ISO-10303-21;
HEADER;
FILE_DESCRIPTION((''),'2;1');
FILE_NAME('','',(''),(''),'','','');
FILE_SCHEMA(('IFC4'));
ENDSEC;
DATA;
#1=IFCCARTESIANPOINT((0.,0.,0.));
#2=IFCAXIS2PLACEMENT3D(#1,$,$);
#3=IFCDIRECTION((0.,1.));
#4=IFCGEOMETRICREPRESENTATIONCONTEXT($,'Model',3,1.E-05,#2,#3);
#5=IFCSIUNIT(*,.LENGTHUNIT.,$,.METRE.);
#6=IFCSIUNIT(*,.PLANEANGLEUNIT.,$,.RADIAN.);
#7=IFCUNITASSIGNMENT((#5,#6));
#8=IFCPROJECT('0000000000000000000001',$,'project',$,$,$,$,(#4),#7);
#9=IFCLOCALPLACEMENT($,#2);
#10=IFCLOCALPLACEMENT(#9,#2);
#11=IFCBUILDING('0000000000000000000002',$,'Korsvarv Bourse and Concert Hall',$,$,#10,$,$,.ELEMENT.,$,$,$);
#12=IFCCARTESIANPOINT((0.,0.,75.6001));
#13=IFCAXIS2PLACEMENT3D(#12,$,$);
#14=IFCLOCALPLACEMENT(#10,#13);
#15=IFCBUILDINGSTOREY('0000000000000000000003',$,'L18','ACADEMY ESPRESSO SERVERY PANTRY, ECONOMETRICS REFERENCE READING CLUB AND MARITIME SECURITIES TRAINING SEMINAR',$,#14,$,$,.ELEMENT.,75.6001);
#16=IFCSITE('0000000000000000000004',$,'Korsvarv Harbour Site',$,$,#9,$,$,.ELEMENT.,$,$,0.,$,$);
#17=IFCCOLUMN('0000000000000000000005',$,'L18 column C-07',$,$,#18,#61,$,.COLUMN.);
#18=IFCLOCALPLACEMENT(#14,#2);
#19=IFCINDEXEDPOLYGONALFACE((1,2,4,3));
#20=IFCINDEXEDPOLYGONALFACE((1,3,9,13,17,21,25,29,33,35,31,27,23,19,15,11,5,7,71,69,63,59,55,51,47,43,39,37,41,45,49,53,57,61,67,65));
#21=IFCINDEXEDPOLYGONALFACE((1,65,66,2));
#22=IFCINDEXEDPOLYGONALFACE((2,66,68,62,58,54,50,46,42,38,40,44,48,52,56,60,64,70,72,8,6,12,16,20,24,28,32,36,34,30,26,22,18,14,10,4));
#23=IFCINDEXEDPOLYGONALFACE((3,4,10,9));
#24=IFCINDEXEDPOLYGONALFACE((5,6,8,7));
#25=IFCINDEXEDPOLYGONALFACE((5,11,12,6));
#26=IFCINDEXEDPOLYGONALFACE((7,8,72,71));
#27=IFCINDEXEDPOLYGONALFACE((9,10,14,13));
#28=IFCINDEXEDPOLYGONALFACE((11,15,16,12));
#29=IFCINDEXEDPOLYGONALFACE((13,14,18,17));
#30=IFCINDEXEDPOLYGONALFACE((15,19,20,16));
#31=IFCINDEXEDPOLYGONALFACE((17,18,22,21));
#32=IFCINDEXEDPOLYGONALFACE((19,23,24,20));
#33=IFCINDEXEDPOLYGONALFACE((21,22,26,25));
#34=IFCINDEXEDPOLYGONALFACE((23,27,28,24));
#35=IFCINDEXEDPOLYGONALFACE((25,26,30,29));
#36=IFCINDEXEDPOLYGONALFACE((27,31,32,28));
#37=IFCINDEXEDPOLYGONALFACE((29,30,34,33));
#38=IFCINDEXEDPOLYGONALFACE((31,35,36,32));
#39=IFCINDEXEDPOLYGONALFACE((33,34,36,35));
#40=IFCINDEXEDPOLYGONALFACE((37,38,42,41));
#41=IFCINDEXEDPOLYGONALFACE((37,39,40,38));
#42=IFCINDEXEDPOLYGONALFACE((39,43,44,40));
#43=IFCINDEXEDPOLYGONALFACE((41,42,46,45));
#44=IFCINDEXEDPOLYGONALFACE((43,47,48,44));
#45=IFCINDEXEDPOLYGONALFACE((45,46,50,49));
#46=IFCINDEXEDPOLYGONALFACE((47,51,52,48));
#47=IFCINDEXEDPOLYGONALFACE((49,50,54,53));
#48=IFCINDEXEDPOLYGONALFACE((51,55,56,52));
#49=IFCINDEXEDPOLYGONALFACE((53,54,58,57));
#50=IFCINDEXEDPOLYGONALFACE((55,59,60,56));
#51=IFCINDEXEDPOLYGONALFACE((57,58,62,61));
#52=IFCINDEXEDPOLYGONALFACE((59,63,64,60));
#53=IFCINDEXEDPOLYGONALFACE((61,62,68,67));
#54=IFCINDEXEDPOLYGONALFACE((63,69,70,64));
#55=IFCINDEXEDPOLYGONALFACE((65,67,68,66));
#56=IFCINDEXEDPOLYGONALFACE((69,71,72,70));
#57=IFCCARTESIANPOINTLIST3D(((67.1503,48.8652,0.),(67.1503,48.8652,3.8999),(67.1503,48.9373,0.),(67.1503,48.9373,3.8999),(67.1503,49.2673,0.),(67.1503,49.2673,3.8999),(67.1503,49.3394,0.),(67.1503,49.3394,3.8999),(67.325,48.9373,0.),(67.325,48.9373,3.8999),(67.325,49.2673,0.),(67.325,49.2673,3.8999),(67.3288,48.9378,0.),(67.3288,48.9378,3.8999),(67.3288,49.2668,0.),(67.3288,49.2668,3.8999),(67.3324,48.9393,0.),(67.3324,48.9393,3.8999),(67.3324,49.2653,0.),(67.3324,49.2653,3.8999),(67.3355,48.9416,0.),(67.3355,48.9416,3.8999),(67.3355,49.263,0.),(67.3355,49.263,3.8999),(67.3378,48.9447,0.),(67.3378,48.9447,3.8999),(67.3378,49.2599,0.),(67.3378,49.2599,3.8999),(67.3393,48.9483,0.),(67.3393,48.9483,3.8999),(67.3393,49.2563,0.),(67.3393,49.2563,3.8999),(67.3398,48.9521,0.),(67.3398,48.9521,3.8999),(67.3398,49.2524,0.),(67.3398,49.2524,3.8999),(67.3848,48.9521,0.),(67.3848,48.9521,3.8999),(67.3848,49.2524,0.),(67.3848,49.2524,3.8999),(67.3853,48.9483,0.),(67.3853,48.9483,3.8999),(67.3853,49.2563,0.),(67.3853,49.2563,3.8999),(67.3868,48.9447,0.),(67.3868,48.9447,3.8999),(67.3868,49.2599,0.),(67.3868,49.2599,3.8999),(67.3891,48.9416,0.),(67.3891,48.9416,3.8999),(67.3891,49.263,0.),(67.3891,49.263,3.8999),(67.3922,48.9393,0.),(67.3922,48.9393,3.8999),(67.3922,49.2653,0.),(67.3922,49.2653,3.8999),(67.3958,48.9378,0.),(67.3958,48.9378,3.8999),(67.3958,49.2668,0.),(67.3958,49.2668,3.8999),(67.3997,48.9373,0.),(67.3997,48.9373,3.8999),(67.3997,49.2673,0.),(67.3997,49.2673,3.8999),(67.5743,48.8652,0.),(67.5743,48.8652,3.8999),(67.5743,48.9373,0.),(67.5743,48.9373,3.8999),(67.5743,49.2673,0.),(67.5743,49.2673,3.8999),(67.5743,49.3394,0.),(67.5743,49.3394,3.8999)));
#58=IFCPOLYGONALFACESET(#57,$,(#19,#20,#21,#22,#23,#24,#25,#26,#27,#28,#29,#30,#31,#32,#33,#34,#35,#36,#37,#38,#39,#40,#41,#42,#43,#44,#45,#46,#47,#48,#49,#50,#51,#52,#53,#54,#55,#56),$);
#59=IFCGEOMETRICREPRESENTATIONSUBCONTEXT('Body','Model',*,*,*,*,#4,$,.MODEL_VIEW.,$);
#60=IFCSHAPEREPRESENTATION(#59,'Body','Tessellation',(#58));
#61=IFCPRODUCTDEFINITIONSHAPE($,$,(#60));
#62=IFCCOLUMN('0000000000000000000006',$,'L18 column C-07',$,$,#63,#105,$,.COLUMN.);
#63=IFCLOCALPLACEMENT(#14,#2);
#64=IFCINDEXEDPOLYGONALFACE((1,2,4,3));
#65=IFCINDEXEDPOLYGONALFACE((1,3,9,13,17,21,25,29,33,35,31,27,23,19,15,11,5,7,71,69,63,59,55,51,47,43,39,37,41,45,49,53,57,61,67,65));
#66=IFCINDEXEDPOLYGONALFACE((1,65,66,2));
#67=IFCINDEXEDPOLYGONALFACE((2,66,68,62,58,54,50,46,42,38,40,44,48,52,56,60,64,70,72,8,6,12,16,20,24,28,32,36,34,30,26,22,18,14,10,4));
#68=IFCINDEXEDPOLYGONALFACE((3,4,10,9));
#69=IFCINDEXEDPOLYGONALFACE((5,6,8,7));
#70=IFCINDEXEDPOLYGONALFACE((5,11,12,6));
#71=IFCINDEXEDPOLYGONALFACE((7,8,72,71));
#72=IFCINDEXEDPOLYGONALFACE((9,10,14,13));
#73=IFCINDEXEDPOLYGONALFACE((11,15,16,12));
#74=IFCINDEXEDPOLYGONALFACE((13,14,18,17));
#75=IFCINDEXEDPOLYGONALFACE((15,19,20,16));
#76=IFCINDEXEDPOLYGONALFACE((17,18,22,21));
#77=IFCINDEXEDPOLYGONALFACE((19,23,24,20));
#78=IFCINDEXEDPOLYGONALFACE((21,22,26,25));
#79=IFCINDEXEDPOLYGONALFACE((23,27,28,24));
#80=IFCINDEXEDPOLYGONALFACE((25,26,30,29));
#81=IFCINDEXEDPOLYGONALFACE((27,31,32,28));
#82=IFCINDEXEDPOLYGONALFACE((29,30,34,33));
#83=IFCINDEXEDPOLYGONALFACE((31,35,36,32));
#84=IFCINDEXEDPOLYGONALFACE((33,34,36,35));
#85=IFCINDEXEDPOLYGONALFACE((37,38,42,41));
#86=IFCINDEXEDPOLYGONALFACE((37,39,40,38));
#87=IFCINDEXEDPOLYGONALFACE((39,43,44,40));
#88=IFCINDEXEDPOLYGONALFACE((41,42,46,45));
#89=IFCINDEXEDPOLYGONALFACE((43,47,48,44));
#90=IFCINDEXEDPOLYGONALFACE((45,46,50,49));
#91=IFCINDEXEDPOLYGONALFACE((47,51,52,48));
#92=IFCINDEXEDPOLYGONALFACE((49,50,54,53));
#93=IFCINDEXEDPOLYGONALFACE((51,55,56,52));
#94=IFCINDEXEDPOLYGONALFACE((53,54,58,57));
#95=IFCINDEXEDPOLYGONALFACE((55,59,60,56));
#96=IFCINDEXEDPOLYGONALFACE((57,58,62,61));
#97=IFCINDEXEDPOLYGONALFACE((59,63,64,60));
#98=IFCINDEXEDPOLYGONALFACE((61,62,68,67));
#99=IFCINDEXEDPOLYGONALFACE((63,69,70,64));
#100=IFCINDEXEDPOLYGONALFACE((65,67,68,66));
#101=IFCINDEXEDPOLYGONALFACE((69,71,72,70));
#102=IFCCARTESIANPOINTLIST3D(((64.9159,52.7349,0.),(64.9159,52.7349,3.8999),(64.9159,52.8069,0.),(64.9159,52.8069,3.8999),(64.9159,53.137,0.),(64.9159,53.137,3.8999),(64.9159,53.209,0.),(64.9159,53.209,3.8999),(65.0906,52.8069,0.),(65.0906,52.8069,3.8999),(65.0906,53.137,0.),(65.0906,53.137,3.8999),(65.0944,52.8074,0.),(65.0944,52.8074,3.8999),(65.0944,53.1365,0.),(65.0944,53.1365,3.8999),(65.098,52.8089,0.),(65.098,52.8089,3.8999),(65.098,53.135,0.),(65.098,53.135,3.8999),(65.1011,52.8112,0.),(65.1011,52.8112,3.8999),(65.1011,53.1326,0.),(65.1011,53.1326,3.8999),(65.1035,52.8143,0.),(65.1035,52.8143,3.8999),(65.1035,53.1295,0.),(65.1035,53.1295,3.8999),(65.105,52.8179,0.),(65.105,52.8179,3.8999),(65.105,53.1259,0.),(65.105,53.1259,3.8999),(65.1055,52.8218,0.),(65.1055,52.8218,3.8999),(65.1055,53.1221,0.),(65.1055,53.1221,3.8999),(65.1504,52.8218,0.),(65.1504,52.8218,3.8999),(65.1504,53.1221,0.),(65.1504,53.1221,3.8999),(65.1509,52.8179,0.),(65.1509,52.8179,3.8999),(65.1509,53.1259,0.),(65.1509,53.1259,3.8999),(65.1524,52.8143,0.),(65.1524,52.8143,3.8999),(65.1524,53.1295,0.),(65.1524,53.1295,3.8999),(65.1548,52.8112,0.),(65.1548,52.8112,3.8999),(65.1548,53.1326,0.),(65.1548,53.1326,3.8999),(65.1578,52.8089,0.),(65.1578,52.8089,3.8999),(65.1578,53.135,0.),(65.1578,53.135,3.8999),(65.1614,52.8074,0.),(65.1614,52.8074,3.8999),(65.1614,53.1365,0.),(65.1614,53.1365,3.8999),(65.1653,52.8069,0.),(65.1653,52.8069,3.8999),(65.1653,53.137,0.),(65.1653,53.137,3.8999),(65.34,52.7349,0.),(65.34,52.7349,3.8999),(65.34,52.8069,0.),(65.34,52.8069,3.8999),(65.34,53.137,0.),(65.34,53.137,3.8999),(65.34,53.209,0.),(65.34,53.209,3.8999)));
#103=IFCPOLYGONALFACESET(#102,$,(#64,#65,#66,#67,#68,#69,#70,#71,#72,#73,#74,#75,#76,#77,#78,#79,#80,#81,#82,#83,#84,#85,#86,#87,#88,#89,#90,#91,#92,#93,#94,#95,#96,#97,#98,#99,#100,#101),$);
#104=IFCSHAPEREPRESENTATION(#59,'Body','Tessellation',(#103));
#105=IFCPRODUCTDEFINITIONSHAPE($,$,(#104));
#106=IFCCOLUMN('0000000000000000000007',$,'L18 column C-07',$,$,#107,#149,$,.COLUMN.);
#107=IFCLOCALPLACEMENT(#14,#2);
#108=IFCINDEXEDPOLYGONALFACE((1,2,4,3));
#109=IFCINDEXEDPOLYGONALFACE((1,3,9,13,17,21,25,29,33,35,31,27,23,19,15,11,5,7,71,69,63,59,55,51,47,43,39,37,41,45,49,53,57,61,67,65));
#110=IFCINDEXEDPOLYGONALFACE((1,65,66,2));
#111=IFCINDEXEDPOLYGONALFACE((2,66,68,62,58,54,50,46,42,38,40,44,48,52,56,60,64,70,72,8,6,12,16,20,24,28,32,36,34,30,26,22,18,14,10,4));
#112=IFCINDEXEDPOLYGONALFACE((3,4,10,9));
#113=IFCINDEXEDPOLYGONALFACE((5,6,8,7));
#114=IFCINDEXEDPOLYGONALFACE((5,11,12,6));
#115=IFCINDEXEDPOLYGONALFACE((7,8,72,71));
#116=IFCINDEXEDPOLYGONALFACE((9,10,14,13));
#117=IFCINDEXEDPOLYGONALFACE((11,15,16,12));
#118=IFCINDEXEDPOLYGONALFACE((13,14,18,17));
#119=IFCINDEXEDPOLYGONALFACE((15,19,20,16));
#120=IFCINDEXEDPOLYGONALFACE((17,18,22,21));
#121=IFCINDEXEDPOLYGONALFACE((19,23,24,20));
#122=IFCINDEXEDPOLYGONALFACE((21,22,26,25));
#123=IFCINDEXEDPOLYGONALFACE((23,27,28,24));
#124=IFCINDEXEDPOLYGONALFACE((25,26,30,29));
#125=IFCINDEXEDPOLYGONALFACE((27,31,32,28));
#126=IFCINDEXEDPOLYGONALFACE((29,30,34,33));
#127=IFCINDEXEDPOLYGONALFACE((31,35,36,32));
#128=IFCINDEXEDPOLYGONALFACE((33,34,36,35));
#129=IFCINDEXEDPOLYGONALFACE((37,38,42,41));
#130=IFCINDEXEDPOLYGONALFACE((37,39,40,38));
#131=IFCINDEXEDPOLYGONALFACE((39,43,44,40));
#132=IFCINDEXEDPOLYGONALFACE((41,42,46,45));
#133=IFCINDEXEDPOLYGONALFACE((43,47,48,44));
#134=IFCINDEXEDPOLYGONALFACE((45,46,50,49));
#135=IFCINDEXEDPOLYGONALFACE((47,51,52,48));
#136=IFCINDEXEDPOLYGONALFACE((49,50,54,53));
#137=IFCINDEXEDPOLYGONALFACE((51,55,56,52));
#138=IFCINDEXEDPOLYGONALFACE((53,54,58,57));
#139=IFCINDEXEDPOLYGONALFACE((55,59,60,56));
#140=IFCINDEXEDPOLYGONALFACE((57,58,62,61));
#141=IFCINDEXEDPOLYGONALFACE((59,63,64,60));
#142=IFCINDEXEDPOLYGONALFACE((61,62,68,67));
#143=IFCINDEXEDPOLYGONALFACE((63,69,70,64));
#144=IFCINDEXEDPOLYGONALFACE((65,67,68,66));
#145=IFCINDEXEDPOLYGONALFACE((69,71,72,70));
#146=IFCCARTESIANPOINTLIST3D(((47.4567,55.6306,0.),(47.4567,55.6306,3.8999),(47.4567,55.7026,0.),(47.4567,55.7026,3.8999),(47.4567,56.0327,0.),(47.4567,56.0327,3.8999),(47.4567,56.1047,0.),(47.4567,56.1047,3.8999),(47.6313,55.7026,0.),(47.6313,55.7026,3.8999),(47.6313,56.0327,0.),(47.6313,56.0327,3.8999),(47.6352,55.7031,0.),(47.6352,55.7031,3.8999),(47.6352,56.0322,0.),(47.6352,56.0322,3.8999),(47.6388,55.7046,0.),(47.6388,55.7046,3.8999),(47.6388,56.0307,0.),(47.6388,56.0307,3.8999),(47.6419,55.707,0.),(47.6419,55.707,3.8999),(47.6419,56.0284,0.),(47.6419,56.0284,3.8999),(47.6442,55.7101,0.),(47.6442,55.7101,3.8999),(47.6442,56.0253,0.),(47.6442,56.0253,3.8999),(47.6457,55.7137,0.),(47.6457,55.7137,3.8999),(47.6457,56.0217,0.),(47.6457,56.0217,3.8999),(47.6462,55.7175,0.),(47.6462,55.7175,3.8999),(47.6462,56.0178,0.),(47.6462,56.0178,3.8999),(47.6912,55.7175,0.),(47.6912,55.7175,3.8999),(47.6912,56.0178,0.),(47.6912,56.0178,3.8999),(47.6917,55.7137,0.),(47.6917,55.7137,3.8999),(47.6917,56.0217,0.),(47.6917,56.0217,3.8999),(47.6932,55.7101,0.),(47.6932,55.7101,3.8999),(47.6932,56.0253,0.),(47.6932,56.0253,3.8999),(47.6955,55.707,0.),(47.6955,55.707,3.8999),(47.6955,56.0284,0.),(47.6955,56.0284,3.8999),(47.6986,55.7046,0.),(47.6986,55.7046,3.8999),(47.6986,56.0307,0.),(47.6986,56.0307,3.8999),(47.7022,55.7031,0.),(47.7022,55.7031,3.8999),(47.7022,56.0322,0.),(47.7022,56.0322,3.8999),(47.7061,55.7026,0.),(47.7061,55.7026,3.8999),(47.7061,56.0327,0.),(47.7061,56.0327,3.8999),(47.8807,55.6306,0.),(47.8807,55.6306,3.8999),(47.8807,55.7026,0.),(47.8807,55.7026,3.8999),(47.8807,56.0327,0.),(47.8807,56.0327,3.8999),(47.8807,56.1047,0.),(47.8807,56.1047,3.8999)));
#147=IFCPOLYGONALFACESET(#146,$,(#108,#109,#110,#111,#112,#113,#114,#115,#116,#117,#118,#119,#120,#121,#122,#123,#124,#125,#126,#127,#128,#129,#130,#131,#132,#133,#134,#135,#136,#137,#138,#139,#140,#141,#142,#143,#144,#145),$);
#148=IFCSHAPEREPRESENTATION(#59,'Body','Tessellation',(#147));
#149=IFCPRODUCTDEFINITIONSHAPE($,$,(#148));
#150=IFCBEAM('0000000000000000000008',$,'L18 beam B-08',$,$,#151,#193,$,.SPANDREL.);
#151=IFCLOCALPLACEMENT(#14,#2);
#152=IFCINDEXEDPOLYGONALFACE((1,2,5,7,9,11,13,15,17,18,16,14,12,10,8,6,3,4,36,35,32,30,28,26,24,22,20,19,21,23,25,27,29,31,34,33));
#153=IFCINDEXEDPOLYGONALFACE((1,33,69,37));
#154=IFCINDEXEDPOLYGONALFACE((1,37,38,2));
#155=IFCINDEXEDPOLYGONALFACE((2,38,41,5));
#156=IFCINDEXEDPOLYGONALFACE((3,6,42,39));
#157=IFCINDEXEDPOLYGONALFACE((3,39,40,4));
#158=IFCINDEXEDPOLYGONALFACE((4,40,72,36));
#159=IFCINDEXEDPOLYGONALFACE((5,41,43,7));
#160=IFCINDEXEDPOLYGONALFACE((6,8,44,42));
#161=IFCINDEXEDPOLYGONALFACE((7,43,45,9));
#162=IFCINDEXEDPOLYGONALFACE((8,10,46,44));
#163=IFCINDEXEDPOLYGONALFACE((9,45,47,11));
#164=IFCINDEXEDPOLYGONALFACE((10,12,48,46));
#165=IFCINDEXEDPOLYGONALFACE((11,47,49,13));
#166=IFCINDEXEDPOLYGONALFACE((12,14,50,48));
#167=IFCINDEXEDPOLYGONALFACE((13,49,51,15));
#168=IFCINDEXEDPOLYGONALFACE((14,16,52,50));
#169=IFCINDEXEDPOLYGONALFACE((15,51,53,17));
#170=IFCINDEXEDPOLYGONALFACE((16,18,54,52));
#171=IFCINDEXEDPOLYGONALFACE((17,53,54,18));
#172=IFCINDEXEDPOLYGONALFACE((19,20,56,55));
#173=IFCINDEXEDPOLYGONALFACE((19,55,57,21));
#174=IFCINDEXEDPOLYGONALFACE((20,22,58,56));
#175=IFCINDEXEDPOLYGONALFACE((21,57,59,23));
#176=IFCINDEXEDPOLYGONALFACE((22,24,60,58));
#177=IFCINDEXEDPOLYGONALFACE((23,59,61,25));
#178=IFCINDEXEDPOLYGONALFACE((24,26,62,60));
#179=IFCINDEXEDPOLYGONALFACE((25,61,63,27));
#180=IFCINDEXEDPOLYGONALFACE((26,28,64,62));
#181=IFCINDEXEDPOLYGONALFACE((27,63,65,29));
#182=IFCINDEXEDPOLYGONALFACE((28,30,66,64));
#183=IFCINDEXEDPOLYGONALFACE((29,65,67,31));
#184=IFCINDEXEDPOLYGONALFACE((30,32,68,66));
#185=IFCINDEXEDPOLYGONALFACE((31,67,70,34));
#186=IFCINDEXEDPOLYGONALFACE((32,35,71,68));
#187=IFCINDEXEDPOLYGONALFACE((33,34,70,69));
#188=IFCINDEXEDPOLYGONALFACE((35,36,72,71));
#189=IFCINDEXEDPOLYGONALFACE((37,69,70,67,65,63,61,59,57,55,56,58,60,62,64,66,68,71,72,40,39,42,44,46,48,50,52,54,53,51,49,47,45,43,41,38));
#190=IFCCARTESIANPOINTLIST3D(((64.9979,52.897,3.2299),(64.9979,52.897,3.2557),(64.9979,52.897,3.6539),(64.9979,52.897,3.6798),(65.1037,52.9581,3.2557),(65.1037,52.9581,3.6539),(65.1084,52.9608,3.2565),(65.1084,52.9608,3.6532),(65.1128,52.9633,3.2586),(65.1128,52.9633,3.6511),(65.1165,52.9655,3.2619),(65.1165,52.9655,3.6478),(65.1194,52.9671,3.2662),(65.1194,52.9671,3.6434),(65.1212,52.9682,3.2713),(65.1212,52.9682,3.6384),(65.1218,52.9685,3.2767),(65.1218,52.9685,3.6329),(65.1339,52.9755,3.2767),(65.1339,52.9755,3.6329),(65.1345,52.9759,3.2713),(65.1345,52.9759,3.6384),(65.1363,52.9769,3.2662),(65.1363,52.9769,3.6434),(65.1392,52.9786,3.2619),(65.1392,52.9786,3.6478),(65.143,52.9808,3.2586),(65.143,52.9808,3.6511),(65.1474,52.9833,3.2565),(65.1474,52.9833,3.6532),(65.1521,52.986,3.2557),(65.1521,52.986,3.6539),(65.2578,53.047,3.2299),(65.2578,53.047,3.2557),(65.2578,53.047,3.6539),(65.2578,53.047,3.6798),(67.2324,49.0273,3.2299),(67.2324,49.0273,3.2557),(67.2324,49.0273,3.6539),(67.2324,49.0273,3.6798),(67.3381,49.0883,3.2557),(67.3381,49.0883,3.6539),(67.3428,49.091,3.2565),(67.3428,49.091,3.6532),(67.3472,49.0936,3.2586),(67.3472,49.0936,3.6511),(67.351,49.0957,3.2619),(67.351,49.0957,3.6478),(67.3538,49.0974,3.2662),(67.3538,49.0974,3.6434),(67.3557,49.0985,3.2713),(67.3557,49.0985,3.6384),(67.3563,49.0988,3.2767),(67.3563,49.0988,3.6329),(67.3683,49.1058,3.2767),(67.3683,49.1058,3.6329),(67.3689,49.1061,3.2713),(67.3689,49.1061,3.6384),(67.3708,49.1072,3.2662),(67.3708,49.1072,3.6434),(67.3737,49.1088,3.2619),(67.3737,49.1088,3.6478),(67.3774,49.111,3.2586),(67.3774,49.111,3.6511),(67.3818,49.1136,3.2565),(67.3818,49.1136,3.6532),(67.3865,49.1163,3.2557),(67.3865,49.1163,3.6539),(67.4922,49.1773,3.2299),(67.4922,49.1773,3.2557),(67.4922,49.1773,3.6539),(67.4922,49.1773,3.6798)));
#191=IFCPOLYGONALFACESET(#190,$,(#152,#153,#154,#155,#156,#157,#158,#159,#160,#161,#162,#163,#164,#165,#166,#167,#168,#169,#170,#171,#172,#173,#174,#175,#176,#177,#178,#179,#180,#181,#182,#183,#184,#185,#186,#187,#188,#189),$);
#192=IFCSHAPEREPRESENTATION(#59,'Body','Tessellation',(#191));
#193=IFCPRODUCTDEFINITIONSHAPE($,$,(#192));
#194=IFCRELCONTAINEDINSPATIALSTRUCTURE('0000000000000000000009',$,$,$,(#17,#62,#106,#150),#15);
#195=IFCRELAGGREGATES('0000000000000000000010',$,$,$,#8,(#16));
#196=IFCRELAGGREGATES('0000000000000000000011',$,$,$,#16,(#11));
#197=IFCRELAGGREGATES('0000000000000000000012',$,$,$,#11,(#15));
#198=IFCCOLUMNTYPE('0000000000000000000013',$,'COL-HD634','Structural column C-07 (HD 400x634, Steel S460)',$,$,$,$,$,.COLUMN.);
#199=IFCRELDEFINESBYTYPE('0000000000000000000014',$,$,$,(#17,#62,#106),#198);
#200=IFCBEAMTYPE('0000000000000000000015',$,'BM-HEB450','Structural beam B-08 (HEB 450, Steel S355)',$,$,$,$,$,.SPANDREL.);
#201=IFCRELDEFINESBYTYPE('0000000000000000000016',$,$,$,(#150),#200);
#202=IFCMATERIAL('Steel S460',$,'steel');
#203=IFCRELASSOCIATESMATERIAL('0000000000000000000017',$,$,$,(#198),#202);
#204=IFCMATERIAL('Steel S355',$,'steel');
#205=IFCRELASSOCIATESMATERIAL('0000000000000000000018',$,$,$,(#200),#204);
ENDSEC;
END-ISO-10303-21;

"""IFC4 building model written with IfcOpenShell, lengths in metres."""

from ifc_helpers import new_model, si_unit, direction, frame, origin, origin_2d, place, context, subcontext, project, spatial, i_section, extrude, source, transform, mapped, material, material_profile, profile_set, type_object, element, save


model = new_model("IFC4")

# Units and contexts
model_context = context("Model", 3, precision=1e-05, world=origin(), true_north=direction((0.0, 1.0)))
body_context = subcontext(model_context, "Body", "Model", "MODEL_VIEW")
ifc_project = project(units=[si_unit("LENGTHUNIT", "METRE"), si_unit("PLANEANGLEUNIT", "RADIAN")], contexts=[model_context])

# Site, building, storey
site_placement = place(None, origin())
site = spatial("IfcSite", under=ifc_project, at=site_placement, Name="Korsvarv Harbour Site", CompositionType="ELEMENT", RefElevation=0.0)
building_placement = place(site_placement, origin())
building = spatial("IfcBuilding", under=site, at=building_placement, Name="Korsvarv Bourse and Concert Hall", CompositionType="ELEMENT")
storey_placement = place(building_placement, frame((0.0, 0.0, 75.6001)))
storey = spatial("IfcBuildingStorey", under=building, at=storey_placement, Name="L18", Description="ACADEMY ESPRESSO SERVERY PANTRY, ECONOMETRICS REFERENCE READING CLUB AND MARITIME SECURITIES TRAINING SEMINAR", CompositionType="ELEMENT", Elevation=75.6001)

# Columns
ifc_material_1 = material(Name="Steel S460", Category="steel")
ifc_material_profile_1 = material_profile(ifc_material_1, i_section(OverallWidth=0.4241, OverallDepth=0.4741, WebThickness=0.0449, FlangeThickness=0.072, FilletRadius=0.0149, at=origin_2d()), Name="HD 400x634")
ifc_profile_set_1 = profile_set([ifc_material_profile_1], Name="Steel S460")
column_type = type_object("IfcColumnType", Name="COL-HD634", Description="Structural column C-07 (HD 400x634, Steel S460)", PredefinedType="COLUMN", material=ifc_profile_set_1)
shared_shape_1 = source(origin(), body_context, "Body", "SweptSolid", [
    extrude(i_section(OverallWidth=0.4241, OverallDepth=0.4741, WebThickness=0.0449, FlangeThickness=0.072, FilletRadius=0.0149, at=origin_2d()), origin(), (0.0, 0.0, 1.0), 3.8999),
])
for number, where, z_axis, x_axis, name in (
    (1, (67.3623, 49.1023, 0.0), (0.0, 0.0, 1.0), (1.0, 0.0, 0.0), "L18 column C-07"),
    (2, (65.1279, 52.9719, 0.0), (0.0, 0.0, 1.0), (1.0, 0.0, 0.0), "L18 column C-07"),
    (3, (47.6687, 55.8677, 0.0), (0.0, 0.0, 1.0), (1.0, 0.0, 0.0), "L18 column C-07"),
):
    element("IfcColumn", number, at=place(storey_placement, frame(where, z_axis=z_axis, x_axis=x_axis)), inside=storey, type_object=column_type, Name=name, PredefinedType="COLUMN", context=body_context, shape_type="MappedRepresentation", body=[
        mapped(shared_shape_1, transform((0.0, 0.0, 0.0), scale=1.0)),
    ])

# Beam
ifc_material_2 = material(Name="Steel S355", Category="steel")
ifc_material_profile_2 = material_profile(ifc_material_2, i_section(OverallWidth=0.3, OverallDepth=0.45, WebThickness=0.0139, FlangeThickness=0.0259, FilletRadius=0.021, at=origin_2d()), Name="HEB 450")
ifc_profile_set_2 = profile_set([ifc_material_profile_2], Name="Steel S355")
beam_type_1 = type_object("IfcBeamType", Name="BM-HEB450", Description="Structural beam B-08 (HEB 450, Steel S355)", PredefinedType="SPANDREL", material=ifc_profile_set_2)
shared_shape_2 = source(origin(), body_context, "Body", "SweptSolid", [
    extrude(i_section(OverallWidth=0.3, OverallDepth=0.45, WebThickness=0.0139, FlangeThickness=0.0259, FilletRadius=0.021, at=origin_2d()), origin(), (0.0, 0.0, 1.0), 4.4685),
])
beam_1_placement = place(storey_placement, frame((67.3623, 49.1023, 3.4548), z_axis=(-0.500041, 0.866002, 0.0), x_axis=(-0.866002, -0.500041, 0.0)))
element("IfcBeam", 4, at=beam_1_placement, inside=storey, type_object=beam_type_1, Name="L18 beam B-08", PredefinedType="SPANDREL", context=body_context, shape_type="MappedRepresentation", body=[
    mapped(shared_shape_2, transform((0.0, 0.0, 0.0), scale=1.0)),
])

save(model, "model.ifc")
